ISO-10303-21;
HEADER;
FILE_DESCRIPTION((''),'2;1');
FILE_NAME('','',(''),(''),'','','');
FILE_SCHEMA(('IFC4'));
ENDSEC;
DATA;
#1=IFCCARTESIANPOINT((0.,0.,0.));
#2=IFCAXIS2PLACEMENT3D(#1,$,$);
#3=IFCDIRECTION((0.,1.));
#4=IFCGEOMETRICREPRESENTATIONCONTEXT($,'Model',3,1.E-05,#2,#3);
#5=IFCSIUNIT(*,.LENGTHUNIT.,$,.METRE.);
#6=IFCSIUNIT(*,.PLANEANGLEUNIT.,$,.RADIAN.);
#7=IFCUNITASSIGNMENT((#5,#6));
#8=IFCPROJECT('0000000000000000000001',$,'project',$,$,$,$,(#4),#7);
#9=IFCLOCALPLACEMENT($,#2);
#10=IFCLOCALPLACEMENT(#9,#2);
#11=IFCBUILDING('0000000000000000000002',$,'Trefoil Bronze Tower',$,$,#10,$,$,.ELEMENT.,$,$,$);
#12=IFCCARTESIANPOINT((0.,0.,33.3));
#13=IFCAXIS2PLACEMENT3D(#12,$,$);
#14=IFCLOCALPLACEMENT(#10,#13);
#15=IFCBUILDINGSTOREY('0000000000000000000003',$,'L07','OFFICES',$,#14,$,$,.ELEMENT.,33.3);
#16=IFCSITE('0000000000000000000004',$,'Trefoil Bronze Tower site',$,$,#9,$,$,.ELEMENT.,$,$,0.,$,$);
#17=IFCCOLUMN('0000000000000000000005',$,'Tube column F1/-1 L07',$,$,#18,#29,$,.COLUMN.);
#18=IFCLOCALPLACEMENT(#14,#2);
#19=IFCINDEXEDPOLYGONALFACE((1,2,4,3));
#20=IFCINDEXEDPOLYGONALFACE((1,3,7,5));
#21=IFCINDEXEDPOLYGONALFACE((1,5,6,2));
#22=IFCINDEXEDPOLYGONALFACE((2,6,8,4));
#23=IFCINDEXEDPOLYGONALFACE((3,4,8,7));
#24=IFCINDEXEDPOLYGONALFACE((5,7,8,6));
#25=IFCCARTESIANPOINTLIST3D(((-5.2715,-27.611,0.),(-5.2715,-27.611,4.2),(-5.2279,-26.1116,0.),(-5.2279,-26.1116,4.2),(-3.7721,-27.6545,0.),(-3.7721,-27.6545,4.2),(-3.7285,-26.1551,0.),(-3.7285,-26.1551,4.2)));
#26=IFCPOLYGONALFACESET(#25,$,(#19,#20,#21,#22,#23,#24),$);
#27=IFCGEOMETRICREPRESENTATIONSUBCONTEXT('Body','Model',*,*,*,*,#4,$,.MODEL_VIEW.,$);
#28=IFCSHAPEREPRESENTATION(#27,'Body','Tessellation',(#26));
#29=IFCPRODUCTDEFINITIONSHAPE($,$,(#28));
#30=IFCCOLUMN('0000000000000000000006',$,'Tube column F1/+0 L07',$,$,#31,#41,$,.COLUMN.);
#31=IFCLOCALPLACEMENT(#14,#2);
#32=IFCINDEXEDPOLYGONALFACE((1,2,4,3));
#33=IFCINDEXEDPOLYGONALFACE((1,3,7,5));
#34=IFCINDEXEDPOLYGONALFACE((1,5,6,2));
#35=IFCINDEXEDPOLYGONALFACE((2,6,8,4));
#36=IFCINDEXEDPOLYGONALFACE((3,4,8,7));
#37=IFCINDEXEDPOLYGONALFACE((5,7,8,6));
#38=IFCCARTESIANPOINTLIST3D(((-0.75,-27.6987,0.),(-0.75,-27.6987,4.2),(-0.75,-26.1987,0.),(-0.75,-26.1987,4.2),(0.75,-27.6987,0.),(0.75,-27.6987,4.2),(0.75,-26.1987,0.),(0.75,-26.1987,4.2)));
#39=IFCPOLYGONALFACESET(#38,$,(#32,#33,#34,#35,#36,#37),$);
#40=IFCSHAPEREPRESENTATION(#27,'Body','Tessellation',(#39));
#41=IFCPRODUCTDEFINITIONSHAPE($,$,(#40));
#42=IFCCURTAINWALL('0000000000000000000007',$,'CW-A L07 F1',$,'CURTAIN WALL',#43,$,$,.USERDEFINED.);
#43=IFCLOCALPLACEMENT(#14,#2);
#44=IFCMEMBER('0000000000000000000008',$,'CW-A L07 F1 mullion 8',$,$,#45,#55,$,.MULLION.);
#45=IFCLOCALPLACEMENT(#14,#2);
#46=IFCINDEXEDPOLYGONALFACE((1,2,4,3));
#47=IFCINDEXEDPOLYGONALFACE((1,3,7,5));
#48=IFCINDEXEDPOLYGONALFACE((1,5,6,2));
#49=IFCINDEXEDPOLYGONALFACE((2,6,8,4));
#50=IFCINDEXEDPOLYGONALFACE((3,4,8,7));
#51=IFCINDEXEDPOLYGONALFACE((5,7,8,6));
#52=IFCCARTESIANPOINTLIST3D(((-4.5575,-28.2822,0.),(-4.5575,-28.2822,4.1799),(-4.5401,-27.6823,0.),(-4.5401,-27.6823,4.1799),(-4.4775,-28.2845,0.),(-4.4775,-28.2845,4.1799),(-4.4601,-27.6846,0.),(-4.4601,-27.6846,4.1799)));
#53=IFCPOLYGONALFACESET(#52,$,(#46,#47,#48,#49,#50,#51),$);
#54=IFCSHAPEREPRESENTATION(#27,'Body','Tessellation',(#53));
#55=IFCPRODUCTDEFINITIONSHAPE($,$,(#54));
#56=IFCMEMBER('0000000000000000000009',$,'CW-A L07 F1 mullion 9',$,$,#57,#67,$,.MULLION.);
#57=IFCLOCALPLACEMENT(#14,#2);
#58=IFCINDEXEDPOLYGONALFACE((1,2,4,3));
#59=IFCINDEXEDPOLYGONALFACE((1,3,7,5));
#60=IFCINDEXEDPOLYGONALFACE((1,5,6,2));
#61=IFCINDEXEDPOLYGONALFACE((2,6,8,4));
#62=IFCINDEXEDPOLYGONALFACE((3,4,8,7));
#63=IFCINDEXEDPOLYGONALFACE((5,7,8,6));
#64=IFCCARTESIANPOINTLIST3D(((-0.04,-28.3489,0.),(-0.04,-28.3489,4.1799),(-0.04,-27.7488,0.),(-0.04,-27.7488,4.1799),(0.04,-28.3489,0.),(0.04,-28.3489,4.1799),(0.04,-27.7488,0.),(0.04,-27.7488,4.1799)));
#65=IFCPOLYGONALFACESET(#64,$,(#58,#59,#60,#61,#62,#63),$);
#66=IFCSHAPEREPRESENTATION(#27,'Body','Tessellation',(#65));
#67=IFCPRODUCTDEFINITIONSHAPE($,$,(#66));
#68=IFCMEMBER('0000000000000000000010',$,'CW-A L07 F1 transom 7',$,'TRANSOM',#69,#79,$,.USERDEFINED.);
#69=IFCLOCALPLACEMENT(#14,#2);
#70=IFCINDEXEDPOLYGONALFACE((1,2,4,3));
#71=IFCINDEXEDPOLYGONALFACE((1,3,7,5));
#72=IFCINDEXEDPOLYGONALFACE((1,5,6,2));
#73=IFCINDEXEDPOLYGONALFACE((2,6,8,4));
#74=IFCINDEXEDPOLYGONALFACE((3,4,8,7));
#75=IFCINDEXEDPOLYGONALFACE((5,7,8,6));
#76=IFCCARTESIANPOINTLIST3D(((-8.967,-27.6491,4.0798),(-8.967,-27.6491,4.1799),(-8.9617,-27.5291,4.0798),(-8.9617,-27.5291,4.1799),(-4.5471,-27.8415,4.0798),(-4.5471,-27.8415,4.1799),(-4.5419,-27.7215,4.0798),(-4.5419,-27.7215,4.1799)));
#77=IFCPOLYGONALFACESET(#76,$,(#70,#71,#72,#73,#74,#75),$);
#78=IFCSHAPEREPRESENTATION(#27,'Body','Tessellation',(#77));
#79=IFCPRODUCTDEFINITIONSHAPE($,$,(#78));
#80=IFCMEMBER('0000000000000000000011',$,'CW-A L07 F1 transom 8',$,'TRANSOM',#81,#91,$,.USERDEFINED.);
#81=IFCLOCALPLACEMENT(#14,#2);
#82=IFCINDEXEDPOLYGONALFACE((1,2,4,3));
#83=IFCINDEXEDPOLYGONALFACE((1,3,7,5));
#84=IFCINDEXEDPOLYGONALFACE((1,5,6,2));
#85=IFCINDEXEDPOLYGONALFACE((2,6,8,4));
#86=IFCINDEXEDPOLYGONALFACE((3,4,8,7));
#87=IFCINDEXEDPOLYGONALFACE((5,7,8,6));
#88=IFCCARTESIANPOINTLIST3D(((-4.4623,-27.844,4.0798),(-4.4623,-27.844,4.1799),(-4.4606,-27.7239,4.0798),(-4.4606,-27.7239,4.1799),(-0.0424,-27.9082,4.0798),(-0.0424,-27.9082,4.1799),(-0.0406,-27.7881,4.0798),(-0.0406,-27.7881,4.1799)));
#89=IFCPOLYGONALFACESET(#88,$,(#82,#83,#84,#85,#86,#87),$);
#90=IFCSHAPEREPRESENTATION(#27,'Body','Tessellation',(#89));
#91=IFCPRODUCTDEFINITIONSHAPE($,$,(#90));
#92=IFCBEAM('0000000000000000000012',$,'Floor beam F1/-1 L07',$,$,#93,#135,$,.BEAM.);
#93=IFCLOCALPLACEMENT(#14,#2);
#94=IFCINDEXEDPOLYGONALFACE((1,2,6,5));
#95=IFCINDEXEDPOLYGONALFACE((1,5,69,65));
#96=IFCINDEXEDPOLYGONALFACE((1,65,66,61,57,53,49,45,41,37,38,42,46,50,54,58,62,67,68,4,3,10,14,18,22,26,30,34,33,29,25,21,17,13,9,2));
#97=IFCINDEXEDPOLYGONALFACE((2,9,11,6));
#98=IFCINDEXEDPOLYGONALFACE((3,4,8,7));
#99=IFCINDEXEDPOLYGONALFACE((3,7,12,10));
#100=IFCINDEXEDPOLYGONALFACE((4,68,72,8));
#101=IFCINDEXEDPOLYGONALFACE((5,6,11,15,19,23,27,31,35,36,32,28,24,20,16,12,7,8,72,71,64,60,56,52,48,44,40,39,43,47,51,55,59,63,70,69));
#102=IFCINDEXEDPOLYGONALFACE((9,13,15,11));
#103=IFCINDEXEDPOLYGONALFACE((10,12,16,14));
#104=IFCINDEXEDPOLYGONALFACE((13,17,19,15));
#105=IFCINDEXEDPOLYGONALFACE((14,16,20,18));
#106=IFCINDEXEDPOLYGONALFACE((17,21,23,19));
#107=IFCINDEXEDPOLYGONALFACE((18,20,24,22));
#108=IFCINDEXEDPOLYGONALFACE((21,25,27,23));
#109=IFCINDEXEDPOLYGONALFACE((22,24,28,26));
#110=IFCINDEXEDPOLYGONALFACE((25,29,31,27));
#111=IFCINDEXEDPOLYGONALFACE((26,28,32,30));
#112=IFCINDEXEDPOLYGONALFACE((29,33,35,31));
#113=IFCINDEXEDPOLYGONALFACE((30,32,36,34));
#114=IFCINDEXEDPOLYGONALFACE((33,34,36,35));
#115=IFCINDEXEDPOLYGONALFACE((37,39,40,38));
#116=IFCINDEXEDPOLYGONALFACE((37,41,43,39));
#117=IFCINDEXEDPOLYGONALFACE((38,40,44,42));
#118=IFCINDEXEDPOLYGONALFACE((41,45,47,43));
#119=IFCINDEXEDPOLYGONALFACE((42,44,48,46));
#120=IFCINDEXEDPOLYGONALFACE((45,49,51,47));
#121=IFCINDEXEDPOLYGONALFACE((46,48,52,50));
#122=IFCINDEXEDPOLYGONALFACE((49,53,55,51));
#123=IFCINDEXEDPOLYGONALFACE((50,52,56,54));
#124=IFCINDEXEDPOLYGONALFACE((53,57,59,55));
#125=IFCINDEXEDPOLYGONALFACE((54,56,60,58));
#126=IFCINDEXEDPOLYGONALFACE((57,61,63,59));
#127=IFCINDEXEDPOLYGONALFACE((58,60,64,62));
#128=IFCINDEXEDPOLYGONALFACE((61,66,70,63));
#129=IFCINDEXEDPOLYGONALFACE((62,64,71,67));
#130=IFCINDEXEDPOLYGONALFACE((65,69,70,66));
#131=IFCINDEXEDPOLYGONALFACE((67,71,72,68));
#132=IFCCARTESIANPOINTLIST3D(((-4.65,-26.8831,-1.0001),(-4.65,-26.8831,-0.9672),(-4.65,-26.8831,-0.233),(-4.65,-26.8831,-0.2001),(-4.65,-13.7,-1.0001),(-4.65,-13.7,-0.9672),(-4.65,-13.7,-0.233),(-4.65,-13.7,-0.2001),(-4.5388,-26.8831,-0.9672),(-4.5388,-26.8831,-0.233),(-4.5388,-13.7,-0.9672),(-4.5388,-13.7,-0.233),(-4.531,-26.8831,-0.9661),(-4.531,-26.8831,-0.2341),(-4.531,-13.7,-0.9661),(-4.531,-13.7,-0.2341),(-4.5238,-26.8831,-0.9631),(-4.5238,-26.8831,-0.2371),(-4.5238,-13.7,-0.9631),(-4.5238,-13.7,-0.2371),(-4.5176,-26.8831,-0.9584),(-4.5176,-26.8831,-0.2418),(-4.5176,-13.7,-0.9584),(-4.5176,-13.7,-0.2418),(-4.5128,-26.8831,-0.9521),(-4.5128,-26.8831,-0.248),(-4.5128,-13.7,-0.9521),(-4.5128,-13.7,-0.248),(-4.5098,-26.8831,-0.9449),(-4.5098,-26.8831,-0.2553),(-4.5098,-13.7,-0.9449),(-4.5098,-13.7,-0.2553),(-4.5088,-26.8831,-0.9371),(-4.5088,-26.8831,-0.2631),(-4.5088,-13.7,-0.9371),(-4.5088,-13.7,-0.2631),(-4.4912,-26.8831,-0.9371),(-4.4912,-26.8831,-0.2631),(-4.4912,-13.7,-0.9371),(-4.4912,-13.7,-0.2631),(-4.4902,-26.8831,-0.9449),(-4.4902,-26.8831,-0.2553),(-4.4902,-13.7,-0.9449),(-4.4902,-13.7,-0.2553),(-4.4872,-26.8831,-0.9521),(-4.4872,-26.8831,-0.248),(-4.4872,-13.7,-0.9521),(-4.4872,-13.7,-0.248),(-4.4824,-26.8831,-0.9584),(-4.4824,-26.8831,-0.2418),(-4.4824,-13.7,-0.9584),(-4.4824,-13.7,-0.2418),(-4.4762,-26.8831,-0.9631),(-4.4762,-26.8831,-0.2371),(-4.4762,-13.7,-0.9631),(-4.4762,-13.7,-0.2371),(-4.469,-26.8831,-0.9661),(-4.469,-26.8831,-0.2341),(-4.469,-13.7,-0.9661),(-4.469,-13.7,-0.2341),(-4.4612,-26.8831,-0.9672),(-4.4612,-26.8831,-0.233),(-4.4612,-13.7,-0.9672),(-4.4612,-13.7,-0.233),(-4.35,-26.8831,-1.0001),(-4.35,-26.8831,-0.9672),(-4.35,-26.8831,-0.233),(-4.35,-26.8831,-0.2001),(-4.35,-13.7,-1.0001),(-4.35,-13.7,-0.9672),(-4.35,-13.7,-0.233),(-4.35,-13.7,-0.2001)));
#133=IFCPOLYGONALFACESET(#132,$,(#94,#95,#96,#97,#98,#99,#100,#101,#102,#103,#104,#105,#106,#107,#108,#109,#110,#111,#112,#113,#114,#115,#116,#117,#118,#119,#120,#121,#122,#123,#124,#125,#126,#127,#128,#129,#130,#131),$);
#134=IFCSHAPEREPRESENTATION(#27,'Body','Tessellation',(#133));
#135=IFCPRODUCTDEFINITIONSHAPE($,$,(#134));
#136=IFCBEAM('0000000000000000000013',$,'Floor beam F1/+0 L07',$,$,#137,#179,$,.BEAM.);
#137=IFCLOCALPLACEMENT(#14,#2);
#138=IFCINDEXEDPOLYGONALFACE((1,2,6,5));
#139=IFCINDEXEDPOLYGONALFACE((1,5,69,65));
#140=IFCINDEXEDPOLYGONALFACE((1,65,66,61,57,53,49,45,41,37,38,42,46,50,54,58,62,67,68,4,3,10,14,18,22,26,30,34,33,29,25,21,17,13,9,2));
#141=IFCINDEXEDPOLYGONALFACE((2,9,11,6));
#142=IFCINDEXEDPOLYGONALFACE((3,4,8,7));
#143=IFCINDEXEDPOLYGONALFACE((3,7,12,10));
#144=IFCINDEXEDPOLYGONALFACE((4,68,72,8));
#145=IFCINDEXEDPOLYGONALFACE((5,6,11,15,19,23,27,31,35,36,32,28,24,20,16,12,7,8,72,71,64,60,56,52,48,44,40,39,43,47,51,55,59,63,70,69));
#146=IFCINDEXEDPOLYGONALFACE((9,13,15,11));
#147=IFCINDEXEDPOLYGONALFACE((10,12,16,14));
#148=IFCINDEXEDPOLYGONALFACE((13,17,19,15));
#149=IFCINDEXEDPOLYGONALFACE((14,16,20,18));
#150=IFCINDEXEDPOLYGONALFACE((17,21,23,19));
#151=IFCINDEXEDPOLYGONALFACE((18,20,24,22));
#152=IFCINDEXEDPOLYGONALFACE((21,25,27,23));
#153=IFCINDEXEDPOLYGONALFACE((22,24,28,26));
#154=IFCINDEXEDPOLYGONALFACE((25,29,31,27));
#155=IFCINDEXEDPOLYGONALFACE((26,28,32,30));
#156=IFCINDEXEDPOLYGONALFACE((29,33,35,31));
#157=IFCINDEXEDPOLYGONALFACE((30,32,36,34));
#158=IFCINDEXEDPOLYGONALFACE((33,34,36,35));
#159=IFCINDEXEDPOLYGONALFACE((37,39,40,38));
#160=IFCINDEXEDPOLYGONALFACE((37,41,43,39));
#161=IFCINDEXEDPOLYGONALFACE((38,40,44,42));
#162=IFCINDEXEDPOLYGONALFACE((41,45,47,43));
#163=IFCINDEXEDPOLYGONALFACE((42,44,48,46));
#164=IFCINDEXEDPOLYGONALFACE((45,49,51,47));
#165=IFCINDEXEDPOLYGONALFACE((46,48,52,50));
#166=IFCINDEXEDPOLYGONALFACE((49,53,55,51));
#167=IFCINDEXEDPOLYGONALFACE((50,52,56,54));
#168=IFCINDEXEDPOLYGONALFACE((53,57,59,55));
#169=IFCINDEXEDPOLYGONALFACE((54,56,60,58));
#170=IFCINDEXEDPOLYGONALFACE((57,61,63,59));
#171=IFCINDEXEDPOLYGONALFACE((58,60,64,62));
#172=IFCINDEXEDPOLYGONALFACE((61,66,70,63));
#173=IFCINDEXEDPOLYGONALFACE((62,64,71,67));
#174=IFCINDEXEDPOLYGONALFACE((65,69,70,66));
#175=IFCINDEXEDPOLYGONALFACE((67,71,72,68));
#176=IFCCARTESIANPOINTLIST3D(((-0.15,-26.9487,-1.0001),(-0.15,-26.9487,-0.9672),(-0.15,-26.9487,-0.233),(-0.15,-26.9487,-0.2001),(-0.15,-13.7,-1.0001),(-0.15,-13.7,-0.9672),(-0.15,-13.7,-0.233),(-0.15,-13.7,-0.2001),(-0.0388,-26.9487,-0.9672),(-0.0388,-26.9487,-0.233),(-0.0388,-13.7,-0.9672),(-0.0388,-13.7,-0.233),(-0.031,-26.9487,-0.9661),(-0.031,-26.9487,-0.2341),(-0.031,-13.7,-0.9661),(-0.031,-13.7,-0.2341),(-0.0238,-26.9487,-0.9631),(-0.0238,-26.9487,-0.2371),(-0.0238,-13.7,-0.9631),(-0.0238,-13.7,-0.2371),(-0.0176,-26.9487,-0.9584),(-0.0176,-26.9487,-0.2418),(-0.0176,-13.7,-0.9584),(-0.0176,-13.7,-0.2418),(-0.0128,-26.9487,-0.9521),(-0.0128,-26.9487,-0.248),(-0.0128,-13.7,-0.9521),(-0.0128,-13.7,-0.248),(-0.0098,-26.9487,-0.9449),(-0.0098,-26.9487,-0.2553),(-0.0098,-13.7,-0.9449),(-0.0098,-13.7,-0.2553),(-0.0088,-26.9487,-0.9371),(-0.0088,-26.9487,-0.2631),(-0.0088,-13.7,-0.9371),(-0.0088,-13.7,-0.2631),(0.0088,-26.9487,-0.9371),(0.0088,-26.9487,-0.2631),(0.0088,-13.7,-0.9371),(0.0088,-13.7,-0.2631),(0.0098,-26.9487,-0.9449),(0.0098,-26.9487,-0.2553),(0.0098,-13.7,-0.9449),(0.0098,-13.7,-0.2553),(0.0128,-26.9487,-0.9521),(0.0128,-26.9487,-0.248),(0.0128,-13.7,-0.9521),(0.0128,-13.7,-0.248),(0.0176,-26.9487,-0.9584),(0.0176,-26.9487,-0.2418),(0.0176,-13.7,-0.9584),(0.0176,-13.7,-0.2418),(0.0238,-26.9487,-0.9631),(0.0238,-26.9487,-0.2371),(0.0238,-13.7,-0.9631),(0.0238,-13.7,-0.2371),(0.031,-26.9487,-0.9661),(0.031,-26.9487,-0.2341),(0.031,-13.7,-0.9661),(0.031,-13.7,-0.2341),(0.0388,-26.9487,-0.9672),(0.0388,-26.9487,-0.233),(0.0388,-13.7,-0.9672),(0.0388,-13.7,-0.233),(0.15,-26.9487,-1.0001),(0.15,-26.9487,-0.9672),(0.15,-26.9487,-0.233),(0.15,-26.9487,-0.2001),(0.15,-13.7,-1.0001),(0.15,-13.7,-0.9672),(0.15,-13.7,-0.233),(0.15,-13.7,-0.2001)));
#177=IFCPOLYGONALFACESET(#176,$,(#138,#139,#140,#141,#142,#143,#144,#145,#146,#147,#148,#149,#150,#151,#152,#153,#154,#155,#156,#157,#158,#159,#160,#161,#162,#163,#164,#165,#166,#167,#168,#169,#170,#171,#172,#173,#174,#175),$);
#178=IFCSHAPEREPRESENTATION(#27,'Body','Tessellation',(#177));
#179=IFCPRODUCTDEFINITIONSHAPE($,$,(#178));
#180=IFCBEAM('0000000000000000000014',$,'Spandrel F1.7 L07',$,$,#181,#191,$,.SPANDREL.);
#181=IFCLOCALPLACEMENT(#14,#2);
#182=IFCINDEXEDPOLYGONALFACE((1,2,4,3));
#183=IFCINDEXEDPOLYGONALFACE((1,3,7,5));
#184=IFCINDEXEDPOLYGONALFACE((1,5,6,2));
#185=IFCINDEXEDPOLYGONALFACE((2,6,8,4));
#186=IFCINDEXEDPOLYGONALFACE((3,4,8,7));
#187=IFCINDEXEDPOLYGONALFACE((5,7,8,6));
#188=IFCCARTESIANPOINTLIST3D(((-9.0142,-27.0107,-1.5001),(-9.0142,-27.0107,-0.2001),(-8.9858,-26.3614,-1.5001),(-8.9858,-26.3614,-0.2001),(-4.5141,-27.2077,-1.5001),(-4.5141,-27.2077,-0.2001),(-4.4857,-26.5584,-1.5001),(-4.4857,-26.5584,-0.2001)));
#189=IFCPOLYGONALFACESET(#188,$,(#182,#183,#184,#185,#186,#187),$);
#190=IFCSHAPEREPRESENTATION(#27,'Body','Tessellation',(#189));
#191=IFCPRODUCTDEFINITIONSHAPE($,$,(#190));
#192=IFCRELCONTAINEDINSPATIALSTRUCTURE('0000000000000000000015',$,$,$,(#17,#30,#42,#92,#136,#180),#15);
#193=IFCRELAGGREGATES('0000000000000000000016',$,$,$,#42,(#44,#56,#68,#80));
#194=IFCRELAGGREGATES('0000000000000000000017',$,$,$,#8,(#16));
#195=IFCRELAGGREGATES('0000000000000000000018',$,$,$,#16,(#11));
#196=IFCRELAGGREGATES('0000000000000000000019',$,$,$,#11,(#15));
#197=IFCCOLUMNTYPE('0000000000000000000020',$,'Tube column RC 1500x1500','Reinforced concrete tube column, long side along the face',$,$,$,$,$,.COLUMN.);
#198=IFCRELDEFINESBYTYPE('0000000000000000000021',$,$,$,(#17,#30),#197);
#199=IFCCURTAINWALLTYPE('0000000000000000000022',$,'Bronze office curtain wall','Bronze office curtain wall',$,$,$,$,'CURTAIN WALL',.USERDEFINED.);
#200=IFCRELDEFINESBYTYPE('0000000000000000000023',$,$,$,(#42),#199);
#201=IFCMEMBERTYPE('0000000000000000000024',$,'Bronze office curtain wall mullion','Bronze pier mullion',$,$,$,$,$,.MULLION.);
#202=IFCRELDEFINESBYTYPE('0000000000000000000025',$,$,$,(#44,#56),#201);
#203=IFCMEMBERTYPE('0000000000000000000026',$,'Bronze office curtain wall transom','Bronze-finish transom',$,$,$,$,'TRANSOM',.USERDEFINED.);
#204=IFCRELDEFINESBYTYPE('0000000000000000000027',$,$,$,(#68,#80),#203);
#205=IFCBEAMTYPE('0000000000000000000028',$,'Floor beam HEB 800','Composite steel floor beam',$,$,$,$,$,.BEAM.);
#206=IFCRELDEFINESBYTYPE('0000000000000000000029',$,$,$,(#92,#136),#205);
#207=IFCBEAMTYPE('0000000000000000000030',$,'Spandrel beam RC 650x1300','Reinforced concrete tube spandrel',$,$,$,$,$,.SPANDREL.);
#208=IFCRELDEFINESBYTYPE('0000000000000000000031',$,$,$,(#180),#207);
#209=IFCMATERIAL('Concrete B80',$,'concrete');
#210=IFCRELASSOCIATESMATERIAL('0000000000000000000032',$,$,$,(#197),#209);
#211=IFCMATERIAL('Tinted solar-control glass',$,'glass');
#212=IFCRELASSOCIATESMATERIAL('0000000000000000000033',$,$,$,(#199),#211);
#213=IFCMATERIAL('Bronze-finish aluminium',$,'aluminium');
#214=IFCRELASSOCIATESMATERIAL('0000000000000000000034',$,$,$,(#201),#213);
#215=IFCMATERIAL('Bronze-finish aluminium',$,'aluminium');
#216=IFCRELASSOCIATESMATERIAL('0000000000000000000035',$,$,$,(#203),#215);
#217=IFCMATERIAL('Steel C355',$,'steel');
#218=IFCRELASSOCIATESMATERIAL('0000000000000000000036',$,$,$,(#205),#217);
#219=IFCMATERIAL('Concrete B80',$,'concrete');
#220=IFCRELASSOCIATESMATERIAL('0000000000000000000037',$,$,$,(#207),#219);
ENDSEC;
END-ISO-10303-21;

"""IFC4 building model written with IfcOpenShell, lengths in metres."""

from ifc_helpers import new_model, si_unit, direction, frame, origin, origin_2d, place, context, subcontext, project, spatial, rectangle, i_section, extrude, material, material_profile, profile_set, type_object, element, aggregate, save


model = new_model("IFC4")

# Units and contexts
model_context = context("Model", 3, precision=1e-05, world=origin(), true_north=direction((0.0, 1.0)))
body_context = subcontext(model_context, "Body", "Model", "MODEL_VIEW")
ifc_project = project(units=[si_unit("LENGTHUNIT", "METRE"), si_unit("PLANEANGLEUNIT", "RADIAN")], contexts=[model_context])

# Site, building, storey
site_placement = place(None, origin())
site = spatial("IfcSite", under=ifc_project, at=site_placement, Name="Trefoil Bronze Tower site", CompositionType="ELEMENT", RefElevation=0.0)
building_placement = place(site_placement, origin())
building = spatial("IfcBuilding", under=site, at=building_placement, Name="Trefoil Bronze Tower", CompositionType="ELEMENT")
storey_placement = place(building_placement, frame((0.0, 0.0, 33.3)))
storey = spatial("IfcBuildingStorey", under=building, at=storey_placement, Name="L07", Description="OFFICES", CompositionType="ELEMENT", Elevation=33.3)

# Columns
ifc_material_1 = material(Name="Concrete B80", Category="concrete")
ifc_material_profile_1 = material_profile(ifc_material_1, rectangle(XDim=1.5, YDim=1.5, at=origin_2d()), Name="RC 1500x1500")
ifc_profile_set_1 = profile_set([ifc_material_profile_1], Name="Concrete B80")
column_type = type_object("IfcColumnType", Name="Tube column RC 1500x1500", Description="Reinforced concrete tube column, long side along the face", PredefinedType="COLUMN", material=ifc_profile_set_1)
for number, where, z_axis, x_axis, name in (
    (1, (-4.5, -26.8831, 0.0), (0.0, 0.0, 1.0), (0.999579, -0.029022, 0.0), "Tube column F1/-1 L07"),
    (2, (0.0, -26.9487, 0.0), (0.0, 0.0, 1.0), (1.0, 0.0, 0.0), "Tube column F1/+0 L07"),
):
    element("IfcColumn", number, at=place(storey_placement, frame(where, z_axis=z_axis, x_axis=x_axis)), inside=storey, type_object=column_type, Name=name, PredefinedType="COLUMN", context=body_context, shape_type="SweptSolid", body=[
        extrude(rectangle(XDim=1.5, YDim=1.5, at=origin_2d()), origin(), (0.0, 0.0, 1.0), 4.2),
    ])

# Curtain wall, members
ifc_material_2 = material(Name="Tinted solar-control glass", Category="glass")
curtain_wall_type = type_object("IfcCurtainWallType", Name="Bronze office curtain wall", Description="Bronze office curtain wall", ElementType="CURTAIN WALL", PredefinedType="USERDEFINED", material=ifc_material_2)
curtain_wall_placement = place(storey_placement, origin())
curtain_wall = element("IfcCurtainWall", 3, at=curtain_wall_placement, inside=storey, type_object=curtain_wall_type, Name="CW-A L07 F1", ObjectType="CURTAIN WALL", PredefinedType="USERDEFINED")
ifc_material_3 = material(Name="Bronze-finish aluminium", Category="aluminium")
ifc_material_profile_2 = material_profile(ifc_material_3, rectangle(XDim=0.6001, YDim=0.0801, at=origin_2d()), Name="CW-A mullion")
ifc_profile_set_2 = profile_set([ifc_material_profile_2], Name="Bronze-finish aluminium")
member_type_1 = type_object("IfcMemberType", Name="Bronze office curtain wall mullion", Description="Bronze pier mullion", PredefinedType="MULLION", material=ifc_profile_set_2)
member_1_placement = place(storey_placement, frame((-4.5088, -27.9834, 0.0), z_axis=(0.0, 0.0, 1.0), x_axis=(0.029022, 0.999579, 0.0)))
member_1 = element("IfcMember", 4, at=member_1_placement, type_object=member_type_1, Name="CW-A L07 F1 mullion 8", PredefinedType="MULLION", context=body_context, shape_type="SweptSolid", body=[
    extrude(rectangle(XDim=0.6001, YDim=0.0801, at=origin_2d()), origin(), (0.0, 0.0, 1.0), 4.1799),
])
member_2_placement = place(storey_placement, frame((0.0, -28.0488, 0.0), z_axis=(0.0, 0.0, 1.0), x_axis=(0.0, 1.0, 0.0)))
member_2 = element("IfcMember", 5, at=member_2_placement, type_object=member_type_1, Name="CW-A L07 F1 mullion 9", PredefinedType="MULLION", context=body_context, shape_type="SweptSolid", body=[
    extrude(rectangle(XDim=0.6001, YDim=0.0801, at=origin_2d()), origin(), (0.0, 0.0, 1.0), 4.1799),
])
ifc_material_4 = material(Name="Bronze-finish aluminium", Category="aluminium")
ifc_material_profile_3 = material_profile(ifc_material_4, rectangle(XDim=0.1201, YDim=0.1001, at=origin_2d()), Name="CW-A transom")
ifc_profile_set_3 = profile_set([ifc_material_profile_3], Name="Bronze-finish aluminium")
member_type_2 = type_object("IfcMemberType", Name="Bronze office curtain wall transom", Description="Bronze-finish transom", ElementType="TRANSOM", PredefinedType="USERDEFINED", material=ifc_profile_set_3)
member_3_placement = place(storey_placement, frame((-8.9644, -27.5891, 4.1299), z_axis=(0.999054, -0.043485, 0.0), x_axis=(0.043485, 0.999054, 0.0)))
member_3 = element("IfcMember", 6, at=member_3_placement, type_object=member_type_2, Name="CW-A L07 F1 transom 7", ObjectType="TRANSOM", PredefinedType="USERDEFINED", context=body_context, shape_type="SweptSolid", body=[
    extrude(rectangle(XDim=0.1201, YDim=0.1001, at=origin_2d()), origin(), (0.0, 0.0, 1.0), 4.4241),
])
member_4_placement = place(storey_placement, frame((-4.4614, -27.7839, 4.1299), z_axis=(0.999894, -0.014526, 0.0), x_axis=(0.014526, 0.999894, 0.0)))
member_4 = element("IfcMember", 7, at=member_4_placement, type_object=member_type_2, Name="CW-A L07 F1 transom 8", ObjectType="TRANSOM", PredefinedType="USERDEFINED", context=body_context, shape_type="SweptSolid", body=[
    extrude(rectangle(XDim=0.1201, YDim=0.1001, at=origin_2d()), origin(), (0.0, 0.0, 1.0), 4.4204),
])

# Beams
ifc_material_5 = material(Name="Steel C355", Category="steel")
ifc_material_profile_4 = material_profile(ifc_material_5, i_section(OverallWidth=0.3, OverallDepth=0.8, WebThickness=0.0176, FlangeThickness=0.033, FilletRadius=0.03, at=origin_2d()), Name="HEB 800")
ifc_profile_set_4 = profile_set([ifc_material_profile_4], Name="Steel C355")
beam_type_1 = type_object("IfcBeamType", Name="Floor beam HEB 800", Description="Composite steel floor beam", PredefinedType="BEAM", material=ifc_profile_set_4)
beam_1_placement = place(storey_placement, frame((-4.5, -26.8831, -0.6001), z_axis=(0.0, 1.0, 0.0), x_axis=(-1.0, 0.0, 0.0)))
element("IfcBeam", 8, at=beam_1_placement, inside=storey, type_object=beam_type_1, Name="Floor beam F1/-1 L07", PredefinedType="BEAM", context=body_context, shape_type="SweptSolid", body=[
    extrude(i_section(OverallWidth=0.3, OverallDepth=0.8, WebThickness=0.0176, FlangeThickness=0.033, FilletRadius=0.03, at=origin_2d()), origin(), (0.0, 0.0, 1.0), 13.1831),
])
beam_2_placement = place(storey_placement, frame((0.0, -26.9487, -0.6001), z_axis=(0.0, 1.0, 0.0), x_axis=(-1.0, 0.0, 0.0)))
element("IfcBeam", 9, at=beam_2_placement, inside=storey, type_object=beam_type_1, Name="Floor beam F1/+0 L07", PredefinedType="BEAM", context=body_context, shape_type="SweptSolid", body=[
    extrude(i_section(OverallWidth=0.3, OverallDepth=0.8, WebThickness=0.0176, FlangeThickness=0.033, FilletRadius=0.03, at=origin_2d()), origin(), (0.0, 0.0, 1.0), 13.2488),
])
ifc_material_6 = material(Name="Concrete B80", Category="concrete")
ifc_material_profile_5 = material_profile(ifc_material_6, rectangle(XDim=0.6499, YDim=1.3, at=origin_2d()), Name="RC 650x1300")
ifc_profile_set_5 = profile_set([ifc_material_profile_5], Name="Concrete B80")
beam_type_2 = type_object("IfcBeamType", Name="Spandrel beam RC 650x1300", Description="Reinforced concrete tube spandrel", PredefinedType="SPANDREL", material=ifc_profile_set_5)
beam_3_placement = place(storey_placement, frame((-9.0, -26.686, -0.8501), z_axis=(0.999043, -0.043741, 0.0), x_axis=(0.043741, 0.999043, 0.0)))
element("IfcBeam", 10, at=beam_3_placement, inside=storey, type_object=beam_type_2, Name="Spandrel F1.7 L07", PredefinedType="SPANDREL", context=body_context, shape_type="SweptSolid", body=[
    extrude(rectangle(XDim=0.6499, YDim=1.3, at=origin_2d()), origin(), (0.0, 0.0, 1.0), 4.5044),
])

aggregate(curtain_wall, [member_1, member_2, member_3, member_4])

save(model, "model.ifc")
